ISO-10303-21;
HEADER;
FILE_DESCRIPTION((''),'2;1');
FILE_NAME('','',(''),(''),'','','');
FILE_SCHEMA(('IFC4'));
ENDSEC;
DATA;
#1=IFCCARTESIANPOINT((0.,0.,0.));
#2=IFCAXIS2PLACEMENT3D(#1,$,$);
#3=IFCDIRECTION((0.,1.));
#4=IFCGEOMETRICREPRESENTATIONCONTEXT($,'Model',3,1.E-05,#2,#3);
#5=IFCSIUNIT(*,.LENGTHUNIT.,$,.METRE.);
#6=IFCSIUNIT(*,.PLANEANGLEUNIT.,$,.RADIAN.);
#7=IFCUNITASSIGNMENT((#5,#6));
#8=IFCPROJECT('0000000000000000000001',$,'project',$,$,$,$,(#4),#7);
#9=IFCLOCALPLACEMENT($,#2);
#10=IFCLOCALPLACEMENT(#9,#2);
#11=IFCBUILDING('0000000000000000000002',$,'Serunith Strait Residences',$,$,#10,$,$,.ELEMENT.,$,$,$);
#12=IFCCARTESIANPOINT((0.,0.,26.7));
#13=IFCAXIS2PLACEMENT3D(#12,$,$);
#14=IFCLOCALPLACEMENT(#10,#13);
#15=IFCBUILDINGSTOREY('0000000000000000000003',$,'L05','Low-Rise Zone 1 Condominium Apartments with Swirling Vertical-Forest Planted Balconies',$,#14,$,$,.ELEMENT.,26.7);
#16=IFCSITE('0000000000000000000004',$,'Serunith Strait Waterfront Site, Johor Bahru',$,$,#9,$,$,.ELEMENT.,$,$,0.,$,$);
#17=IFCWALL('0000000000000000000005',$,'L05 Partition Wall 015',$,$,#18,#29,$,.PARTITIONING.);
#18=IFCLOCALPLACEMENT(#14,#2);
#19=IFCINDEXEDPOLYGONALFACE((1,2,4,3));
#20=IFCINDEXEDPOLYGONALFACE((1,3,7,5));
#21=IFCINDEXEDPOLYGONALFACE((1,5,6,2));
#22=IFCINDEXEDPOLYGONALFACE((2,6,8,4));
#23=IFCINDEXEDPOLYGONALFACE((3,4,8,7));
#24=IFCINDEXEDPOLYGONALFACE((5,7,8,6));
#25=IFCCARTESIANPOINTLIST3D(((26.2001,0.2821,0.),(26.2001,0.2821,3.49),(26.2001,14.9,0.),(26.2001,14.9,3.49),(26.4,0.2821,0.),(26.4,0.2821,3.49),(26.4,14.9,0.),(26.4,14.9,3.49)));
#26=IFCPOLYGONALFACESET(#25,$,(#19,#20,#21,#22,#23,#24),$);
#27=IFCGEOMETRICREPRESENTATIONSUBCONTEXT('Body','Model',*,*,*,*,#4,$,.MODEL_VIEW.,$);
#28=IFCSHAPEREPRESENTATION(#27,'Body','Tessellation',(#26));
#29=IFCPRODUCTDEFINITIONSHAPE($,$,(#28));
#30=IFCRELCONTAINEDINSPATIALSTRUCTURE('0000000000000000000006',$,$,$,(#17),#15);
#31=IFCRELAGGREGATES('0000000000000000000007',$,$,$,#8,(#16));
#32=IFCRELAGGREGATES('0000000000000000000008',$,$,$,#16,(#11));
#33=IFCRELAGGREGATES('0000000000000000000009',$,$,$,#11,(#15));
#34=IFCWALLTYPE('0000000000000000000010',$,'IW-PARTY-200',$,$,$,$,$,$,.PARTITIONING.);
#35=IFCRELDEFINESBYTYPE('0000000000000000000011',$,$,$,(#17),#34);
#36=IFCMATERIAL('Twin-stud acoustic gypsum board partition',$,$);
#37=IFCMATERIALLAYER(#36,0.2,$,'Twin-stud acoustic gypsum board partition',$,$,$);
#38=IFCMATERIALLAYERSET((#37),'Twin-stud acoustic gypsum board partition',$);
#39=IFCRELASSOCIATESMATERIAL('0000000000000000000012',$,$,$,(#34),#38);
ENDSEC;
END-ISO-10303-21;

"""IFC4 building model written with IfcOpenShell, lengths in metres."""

from ifc_helpers import new_model, si_unit, direction, frame, frame_2d, origin, place, context, subcontext, project, spatial, rectangle, extrude, material, layer, layer_set, type_object, element, save


model = new_model("IFC4")

# Units and contexts
model_context = context("Model", 3, precision=1e-05, world=origin(), true_north=direction((0.0, 1.0)))
body_context = subcontext(model_context, "Body", "Model", "MODEL_VIEW")
ifc_project = project(units=[si_unit("LENGTHUNIT", "METRE"), si_unit("PLANEANGLEUNIT", "RADIAN")], contexts=[model_context])

# Site, building, storey
site_placement = place(None, origin())
site = spatial("IfcSite", under=ifc_project, at=site_placement, Name="Serunith Strait Waterfront Site, Johor Bahru", CompositionType="ELEMENT", RefElevation=0.0)
building_placement = place(site_placement, origin())
building = spatial("IfcBuilding", under=site, at=building_placement, Name="Serunith Strait Residences", CompositionType="ELEMENT")
storey_placement = place(building_placement, frame((0.0, 0.0, 26.7)))
storey = spatial("IfcBuildingStorey", under=building, at=storey_placement, Name="L05", Description="Low-Rise Zone 1 Condominium Apartments with Swirling Vertical-Forest Planted Balconies", CompositionType="ELEMENT", Elevation=26.7)

# Wall
ifc_material_1 = material(Name="Twin-stud acoustic gypsum board partition")
ifc_layer_1 = layer(ifc_material_1, 0.2, Name="Twin-stud acoustic gypsum board partition")
ifc_layer_set_1 = layer_set([ifc_layer_1], Name="Twin-stud acoustic gypsum board partition")
wall_type_1 = type_object("IfcWallType", Name="IW-PARTY-200", PredefinedType="PARTITIONING", material=ifc_layer_set_1)
wall_1_placement = place(storey_placement, frame((26.3, 0.282, 0.0), z_axis=(0.0, 0.0, 1.0), x_axis=(0.0, 1.0, 0.0)))
element("IfcWall", 1, at=wall_1_placement, inside=storey, type_object=wall_type_1, Name="L05 Partition Wall 015", PredefinedType="PARTITIONING", context=body_context, shape_type="SweptSolid", body=[
    extrude(rectangle(XDim=14.6179, YDim=0.2, at=frame_2d((7.3091, 0.0))), origin(), (0.0, 0.0, 1.0), 3.49),
])

save(model, "model.ifc")
